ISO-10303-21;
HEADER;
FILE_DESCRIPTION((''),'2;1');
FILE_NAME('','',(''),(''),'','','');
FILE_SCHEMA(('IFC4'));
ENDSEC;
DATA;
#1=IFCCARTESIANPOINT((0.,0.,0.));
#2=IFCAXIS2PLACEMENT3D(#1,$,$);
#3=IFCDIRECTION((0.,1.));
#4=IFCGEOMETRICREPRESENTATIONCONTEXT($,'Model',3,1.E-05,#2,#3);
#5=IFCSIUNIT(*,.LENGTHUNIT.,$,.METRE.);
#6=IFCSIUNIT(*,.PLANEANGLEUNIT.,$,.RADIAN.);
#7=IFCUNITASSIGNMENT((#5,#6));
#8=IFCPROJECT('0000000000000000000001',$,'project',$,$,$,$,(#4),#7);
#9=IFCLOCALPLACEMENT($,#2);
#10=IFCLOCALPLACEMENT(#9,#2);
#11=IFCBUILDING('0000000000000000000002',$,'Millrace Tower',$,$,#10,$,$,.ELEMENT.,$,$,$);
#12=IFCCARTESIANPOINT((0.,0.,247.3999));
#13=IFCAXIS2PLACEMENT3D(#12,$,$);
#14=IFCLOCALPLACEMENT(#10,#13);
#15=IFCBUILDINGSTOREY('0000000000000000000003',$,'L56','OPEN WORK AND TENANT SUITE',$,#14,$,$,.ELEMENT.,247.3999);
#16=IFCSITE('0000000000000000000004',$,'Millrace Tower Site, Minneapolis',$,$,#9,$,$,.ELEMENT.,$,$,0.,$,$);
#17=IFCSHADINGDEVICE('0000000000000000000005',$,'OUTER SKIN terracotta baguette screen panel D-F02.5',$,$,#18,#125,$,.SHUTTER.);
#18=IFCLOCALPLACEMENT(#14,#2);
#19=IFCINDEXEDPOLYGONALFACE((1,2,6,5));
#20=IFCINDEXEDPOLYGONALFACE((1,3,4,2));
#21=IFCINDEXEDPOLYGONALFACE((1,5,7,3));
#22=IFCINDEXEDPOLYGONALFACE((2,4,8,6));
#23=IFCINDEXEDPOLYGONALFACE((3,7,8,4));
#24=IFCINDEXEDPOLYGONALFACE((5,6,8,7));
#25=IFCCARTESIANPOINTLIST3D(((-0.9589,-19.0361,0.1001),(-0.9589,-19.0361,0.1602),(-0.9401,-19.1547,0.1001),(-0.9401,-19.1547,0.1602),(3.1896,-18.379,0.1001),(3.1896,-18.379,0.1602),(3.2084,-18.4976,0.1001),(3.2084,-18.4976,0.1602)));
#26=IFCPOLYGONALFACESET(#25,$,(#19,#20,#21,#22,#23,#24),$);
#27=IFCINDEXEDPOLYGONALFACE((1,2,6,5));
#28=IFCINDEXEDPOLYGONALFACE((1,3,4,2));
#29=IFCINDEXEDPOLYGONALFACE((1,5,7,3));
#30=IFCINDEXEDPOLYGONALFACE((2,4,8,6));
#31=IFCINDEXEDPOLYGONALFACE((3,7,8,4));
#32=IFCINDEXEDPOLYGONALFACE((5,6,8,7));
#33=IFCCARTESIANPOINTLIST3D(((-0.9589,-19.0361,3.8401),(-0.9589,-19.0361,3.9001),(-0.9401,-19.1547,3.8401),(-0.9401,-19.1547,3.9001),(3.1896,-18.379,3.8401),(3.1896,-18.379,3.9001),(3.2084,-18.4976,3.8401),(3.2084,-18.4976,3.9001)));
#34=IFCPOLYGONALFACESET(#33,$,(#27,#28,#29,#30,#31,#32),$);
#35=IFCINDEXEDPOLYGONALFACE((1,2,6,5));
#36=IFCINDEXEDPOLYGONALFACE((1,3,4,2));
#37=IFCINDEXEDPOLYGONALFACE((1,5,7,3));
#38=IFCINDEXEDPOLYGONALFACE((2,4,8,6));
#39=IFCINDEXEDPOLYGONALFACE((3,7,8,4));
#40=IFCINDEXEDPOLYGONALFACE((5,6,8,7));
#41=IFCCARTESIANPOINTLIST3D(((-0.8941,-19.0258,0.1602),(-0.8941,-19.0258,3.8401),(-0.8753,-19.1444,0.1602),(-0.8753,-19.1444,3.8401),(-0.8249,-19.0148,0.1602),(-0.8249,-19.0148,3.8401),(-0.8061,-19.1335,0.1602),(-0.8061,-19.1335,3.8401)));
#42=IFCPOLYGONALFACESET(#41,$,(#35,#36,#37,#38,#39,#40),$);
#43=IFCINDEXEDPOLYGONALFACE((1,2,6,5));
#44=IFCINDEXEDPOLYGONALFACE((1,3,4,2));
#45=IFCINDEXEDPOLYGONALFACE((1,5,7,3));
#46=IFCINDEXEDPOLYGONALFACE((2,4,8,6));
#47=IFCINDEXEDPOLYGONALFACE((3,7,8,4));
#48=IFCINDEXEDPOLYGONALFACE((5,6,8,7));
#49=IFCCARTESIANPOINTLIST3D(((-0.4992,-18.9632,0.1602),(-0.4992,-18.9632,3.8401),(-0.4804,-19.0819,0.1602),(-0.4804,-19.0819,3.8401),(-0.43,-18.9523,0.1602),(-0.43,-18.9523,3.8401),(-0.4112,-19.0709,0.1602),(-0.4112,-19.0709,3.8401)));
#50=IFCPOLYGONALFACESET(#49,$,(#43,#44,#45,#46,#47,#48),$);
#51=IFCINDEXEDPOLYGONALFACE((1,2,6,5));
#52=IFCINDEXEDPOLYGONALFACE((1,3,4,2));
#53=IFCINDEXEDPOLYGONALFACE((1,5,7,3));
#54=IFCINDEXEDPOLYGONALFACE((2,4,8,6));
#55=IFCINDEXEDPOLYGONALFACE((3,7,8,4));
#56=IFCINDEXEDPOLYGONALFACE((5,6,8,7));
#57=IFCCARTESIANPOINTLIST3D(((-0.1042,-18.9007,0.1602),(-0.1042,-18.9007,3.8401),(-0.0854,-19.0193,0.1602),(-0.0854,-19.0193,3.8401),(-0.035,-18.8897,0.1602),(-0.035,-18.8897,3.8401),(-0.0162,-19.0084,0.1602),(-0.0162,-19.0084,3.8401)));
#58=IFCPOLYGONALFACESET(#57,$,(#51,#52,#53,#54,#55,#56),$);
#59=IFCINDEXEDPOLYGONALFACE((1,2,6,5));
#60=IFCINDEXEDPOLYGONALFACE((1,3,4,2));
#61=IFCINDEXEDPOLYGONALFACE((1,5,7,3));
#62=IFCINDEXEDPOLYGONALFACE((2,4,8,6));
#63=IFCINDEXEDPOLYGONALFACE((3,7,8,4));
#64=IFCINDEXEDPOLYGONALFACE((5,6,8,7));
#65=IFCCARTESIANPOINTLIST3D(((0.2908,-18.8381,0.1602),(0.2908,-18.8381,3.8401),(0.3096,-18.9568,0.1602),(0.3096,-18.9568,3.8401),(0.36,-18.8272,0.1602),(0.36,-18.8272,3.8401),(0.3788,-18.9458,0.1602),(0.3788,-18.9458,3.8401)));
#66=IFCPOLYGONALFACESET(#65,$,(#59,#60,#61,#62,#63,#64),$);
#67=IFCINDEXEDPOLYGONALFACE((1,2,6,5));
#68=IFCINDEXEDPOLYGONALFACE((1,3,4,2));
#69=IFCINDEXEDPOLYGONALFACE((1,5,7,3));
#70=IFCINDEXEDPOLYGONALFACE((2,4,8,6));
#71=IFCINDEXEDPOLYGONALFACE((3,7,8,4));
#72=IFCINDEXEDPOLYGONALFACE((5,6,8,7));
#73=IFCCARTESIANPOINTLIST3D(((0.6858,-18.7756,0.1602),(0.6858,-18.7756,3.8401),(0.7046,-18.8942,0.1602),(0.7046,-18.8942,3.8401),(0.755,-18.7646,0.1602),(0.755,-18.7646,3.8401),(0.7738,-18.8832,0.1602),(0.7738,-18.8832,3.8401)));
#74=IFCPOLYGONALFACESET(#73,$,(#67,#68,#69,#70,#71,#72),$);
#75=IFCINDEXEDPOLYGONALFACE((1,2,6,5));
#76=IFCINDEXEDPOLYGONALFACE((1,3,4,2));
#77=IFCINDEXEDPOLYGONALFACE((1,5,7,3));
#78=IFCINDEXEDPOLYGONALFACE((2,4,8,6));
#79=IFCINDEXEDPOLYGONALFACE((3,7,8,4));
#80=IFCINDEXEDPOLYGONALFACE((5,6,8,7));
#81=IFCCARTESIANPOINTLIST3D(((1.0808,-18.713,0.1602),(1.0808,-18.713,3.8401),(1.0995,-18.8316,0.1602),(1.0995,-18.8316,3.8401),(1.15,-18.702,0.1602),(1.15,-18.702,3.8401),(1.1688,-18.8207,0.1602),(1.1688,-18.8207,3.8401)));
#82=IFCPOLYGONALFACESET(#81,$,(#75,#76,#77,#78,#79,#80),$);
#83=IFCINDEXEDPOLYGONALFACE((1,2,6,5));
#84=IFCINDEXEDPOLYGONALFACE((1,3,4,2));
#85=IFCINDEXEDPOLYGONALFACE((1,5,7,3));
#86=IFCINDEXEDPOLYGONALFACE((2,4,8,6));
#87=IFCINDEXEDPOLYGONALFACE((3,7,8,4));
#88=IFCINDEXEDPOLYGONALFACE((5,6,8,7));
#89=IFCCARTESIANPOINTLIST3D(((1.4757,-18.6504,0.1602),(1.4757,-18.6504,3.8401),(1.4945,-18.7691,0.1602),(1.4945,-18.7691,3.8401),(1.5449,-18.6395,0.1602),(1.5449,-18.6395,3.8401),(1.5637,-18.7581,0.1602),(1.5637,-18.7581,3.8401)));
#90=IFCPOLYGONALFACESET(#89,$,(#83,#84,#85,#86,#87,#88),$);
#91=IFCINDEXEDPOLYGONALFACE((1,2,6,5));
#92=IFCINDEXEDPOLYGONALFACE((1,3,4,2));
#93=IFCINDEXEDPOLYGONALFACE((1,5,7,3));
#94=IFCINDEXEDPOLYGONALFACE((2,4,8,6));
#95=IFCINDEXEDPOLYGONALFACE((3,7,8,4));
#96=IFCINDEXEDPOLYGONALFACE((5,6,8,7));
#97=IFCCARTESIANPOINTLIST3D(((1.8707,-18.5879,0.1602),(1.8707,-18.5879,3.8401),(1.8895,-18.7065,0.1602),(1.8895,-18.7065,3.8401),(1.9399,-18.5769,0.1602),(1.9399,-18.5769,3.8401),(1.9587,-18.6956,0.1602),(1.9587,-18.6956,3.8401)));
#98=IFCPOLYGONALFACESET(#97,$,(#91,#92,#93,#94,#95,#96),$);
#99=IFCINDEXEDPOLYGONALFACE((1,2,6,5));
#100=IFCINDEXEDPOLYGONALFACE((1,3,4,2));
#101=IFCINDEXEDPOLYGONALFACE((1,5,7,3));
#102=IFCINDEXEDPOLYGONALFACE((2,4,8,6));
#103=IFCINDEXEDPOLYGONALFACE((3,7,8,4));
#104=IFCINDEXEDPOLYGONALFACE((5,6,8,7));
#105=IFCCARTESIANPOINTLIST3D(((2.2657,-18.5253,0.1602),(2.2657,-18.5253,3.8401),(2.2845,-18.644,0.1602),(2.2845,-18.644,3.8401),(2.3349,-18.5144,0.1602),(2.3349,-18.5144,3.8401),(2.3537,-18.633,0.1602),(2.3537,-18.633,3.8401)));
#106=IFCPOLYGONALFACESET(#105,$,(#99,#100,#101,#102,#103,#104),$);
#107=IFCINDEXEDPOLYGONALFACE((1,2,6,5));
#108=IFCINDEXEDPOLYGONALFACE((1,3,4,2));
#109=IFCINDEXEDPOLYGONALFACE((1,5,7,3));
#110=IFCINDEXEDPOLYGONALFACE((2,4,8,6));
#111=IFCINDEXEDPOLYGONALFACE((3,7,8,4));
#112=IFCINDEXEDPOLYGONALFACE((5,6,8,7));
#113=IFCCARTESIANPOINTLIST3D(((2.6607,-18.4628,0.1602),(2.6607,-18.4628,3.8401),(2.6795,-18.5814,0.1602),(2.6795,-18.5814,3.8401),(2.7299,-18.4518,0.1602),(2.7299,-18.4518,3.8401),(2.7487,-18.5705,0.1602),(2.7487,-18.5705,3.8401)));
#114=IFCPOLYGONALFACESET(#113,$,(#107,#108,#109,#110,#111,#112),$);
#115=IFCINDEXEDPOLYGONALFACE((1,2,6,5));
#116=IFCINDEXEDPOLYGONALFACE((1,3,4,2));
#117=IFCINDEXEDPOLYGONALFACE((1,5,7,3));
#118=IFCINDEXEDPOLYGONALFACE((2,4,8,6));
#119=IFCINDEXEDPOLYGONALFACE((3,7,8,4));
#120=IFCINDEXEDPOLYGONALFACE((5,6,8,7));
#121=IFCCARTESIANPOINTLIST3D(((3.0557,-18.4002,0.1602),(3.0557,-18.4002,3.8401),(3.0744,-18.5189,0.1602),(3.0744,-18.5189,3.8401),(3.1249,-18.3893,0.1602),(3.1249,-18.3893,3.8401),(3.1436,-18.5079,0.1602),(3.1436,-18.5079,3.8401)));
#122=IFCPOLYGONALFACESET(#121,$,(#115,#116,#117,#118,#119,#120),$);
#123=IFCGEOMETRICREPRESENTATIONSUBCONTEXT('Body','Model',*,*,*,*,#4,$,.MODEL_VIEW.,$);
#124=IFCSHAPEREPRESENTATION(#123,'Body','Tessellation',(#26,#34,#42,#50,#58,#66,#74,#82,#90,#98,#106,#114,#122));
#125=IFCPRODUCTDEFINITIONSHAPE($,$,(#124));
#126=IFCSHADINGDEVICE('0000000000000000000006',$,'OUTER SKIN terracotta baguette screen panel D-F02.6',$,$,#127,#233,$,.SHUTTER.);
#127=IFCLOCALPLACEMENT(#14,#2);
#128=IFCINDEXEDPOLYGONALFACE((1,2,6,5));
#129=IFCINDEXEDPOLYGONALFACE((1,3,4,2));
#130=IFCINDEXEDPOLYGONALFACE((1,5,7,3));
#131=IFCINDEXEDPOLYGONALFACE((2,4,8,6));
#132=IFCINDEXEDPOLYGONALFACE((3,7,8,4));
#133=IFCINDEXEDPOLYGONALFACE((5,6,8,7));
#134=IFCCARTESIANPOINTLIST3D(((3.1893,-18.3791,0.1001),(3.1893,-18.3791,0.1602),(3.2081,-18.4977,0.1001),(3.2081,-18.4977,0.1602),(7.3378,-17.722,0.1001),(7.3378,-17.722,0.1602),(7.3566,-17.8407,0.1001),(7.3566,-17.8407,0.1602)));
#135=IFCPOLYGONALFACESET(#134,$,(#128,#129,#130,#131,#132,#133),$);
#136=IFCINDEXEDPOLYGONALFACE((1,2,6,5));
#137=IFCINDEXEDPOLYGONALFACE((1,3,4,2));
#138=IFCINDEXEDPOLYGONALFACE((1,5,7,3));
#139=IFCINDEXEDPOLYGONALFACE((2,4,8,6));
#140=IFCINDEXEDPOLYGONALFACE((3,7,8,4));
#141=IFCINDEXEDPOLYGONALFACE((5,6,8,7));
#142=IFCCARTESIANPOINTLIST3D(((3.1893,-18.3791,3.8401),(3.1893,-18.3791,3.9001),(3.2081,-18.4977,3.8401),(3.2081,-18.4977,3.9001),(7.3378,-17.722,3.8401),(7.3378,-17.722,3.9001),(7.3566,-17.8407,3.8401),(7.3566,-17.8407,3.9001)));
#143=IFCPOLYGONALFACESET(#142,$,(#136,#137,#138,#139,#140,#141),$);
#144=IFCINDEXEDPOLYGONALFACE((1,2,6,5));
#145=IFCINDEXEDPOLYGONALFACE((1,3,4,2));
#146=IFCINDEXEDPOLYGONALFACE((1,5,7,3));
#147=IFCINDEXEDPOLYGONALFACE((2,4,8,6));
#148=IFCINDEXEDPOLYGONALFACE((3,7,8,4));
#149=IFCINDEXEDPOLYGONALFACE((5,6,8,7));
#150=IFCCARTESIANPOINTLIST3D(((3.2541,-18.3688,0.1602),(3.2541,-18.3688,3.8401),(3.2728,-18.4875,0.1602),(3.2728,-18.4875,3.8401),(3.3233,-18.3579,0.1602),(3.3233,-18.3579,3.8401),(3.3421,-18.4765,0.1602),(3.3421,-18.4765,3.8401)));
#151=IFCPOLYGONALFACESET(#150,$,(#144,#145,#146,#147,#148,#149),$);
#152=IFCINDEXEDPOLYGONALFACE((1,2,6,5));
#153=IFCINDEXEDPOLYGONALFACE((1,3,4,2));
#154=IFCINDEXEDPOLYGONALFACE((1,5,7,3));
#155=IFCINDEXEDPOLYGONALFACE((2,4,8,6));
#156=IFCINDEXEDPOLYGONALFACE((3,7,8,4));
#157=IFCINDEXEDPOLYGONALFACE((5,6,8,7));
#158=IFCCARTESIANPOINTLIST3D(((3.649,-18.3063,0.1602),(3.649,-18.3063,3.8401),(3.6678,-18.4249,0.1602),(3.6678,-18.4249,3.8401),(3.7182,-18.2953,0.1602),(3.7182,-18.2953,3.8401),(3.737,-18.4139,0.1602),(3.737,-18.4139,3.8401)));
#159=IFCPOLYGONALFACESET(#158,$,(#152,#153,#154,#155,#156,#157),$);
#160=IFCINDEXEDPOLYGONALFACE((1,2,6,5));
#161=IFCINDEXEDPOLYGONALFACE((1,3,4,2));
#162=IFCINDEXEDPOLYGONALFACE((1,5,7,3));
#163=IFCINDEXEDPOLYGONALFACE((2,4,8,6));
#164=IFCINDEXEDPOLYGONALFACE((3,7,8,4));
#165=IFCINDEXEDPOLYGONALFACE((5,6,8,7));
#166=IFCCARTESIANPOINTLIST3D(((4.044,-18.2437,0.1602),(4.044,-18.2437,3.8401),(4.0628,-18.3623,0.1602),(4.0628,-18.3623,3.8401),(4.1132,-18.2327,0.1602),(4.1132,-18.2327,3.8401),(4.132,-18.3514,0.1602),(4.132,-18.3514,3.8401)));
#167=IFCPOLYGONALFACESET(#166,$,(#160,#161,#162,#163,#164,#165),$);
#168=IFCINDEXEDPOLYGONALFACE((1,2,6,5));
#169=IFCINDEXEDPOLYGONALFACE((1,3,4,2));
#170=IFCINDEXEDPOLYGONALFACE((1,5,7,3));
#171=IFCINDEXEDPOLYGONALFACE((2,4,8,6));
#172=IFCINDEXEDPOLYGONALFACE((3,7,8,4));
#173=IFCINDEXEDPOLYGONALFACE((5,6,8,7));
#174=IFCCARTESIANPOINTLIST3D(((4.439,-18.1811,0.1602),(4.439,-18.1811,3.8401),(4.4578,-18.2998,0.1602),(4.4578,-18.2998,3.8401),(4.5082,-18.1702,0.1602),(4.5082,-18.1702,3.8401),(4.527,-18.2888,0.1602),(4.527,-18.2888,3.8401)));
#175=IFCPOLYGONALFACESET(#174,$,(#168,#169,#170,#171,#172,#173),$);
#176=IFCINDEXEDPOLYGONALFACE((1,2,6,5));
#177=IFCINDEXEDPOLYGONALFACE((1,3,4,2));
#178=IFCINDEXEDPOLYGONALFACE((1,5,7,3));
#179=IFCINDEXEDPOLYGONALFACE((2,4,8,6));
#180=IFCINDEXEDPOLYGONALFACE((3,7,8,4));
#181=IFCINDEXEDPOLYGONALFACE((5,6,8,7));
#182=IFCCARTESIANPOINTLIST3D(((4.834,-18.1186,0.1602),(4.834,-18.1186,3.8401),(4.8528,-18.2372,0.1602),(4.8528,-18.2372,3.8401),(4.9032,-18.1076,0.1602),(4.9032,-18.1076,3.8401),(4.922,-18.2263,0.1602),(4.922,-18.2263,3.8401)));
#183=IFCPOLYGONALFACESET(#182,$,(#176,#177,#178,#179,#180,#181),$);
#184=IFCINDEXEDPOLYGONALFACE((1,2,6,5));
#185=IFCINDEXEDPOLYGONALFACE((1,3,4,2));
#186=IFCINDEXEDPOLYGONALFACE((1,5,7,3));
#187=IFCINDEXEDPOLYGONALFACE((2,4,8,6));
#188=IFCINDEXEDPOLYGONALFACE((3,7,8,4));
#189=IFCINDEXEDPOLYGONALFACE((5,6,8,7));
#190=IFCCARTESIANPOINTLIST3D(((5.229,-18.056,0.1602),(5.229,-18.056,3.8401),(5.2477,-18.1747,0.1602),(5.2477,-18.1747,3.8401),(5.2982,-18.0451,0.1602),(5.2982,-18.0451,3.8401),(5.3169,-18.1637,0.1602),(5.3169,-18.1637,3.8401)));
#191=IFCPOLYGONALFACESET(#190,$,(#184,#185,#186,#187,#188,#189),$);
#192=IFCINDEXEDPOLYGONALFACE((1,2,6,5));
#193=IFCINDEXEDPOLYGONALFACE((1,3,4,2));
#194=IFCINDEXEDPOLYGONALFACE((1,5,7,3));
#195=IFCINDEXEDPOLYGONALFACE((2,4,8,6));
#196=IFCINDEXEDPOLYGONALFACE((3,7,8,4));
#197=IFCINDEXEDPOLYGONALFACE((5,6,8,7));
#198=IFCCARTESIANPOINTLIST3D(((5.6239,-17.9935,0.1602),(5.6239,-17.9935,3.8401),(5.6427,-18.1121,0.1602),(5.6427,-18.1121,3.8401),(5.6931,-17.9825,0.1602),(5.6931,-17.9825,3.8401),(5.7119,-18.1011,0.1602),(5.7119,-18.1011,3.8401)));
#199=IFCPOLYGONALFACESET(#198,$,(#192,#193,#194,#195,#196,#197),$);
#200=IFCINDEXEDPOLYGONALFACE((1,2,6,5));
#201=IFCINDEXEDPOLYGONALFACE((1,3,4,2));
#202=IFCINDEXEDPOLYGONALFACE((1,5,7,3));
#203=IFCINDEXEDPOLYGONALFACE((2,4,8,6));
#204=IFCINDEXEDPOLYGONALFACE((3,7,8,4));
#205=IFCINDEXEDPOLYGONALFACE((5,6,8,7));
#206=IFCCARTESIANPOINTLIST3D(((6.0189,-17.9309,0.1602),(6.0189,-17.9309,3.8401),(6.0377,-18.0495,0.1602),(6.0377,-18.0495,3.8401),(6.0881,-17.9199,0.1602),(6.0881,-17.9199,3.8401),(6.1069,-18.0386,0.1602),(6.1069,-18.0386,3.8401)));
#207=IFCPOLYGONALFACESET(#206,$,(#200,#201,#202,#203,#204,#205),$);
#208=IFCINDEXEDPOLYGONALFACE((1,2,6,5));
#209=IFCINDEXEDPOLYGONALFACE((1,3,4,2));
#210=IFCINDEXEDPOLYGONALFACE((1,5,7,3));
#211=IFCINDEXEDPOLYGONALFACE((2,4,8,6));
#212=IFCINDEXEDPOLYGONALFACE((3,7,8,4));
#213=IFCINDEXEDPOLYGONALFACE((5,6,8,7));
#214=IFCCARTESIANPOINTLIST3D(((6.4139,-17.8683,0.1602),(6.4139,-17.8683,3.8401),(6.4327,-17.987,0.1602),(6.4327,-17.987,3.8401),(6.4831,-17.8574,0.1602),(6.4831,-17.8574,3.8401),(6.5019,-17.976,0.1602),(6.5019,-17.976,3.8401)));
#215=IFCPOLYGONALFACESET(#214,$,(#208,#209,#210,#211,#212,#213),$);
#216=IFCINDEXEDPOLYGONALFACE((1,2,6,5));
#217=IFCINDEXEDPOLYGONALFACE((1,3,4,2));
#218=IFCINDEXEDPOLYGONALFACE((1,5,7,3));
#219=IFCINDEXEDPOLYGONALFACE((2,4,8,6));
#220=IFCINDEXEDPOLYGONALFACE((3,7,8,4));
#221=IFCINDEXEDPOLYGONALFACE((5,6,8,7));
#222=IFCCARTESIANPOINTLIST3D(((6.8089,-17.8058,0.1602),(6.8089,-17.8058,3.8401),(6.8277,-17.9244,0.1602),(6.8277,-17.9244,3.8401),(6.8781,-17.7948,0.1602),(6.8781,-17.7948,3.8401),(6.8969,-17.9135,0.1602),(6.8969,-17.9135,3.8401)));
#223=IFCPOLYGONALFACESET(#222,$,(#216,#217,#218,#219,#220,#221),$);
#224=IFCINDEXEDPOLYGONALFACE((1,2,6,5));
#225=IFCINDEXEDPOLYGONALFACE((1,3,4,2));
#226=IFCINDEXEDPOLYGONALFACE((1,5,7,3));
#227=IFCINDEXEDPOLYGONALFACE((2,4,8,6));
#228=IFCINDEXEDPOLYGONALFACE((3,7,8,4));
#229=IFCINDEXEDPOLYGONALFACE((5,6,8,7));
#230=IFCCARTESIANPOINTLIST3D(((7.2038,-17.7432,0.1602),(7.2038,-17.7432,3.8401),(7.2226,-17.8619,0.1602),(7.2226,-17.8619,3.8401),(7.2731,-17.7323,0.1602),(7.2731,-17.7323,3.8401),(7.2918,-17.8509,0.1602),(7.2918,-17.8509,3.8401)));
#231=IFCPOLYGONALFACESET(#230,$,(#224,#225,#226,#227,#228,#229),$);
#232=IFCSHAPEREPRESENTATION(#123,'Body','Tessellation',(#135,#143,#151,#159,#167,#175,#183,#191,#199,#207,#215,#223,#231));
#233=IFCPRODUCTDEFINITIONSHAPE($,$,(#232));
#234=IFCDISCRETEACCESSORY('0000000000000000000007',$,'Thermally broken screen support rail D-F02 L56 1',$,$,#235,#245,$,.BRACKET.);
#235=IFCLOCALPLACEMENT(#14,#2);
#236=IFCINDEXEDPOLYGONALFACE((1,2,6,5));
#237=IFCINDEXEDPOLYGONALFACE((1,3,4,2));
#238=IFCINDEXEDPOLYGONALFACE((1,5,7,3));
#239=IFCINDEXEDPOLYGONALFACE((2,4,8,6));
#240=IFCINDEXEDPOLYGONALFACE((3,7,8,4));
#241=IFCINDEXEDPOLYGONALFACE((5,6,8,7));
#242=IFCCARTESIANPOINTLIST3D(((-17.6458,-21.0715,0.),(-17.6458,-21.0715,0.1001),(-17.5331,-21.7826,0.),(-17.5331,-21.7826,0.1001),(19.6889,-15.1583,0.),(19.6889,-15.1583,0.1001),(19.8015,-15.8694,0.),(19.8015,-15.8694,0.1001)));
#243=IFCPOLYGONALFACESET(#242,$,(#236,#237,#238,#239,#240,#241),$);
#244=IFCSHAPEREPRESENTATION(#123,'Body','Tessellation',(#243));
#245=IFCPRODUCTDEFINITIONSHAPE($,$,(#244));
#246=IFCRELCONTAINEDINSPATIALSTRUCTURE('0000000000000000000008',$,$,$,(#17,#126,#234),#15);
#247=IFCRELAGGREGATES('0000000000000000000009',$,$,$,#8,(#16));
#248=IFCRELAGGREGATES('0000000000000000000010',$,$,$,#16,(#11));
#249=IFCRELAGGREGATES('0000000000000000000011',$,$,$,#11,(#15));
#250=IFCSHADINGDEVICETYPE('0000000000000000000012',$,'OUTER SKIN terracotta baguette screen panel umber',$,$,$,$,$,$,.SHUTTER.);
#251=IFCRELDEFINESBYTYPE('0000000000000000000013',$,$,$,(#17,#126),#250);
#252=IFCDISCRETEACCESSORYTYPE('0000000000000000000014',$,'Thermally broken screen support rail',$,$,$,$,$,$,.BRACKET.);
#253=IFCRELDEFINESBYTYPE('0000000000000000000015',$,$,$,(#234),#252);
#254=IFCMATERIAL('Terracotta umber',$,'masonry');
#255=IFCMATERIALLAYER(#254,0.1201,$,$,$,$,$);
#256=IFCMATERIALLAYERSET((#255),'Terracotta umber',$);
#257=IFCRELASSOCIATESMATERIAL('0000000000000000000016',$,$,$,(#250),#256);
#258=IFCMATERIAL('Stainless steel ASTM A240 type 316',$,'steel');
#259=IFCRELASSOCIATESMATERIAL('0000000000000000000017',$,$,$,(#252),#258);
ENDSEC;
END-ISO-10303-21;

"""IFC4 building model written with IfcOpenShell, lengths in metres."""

from ifc_helpers import new_model, entity, si_unit, direction, frame, frame_2d, origin, origin_2d, place, context, subcontext, project, spatial, rectangle, extrude, source, transform, mapped, material, layer, layer_set, type_object, element, save


model = new_model("IFC4")

# Units and contexts
model_context = context("Model", 3, precision=1e-05, world=origin(), true_north=direction((0.0, 1.0)))
body_context = subcontext(model_context, "Body", "Model", "MODEL_VIEW")
ifc_project = project(units=[si_unit("LENGTHUNIT", "METRE"), si_unit("PLANEANGLEUNIT", "RADIAN")], contexts=[model_context])

# Site, building, storey
site_placement = place(None, origin())
site = spatial("IfcSite", under=ifc_project, at=site_placement, Name="Millrace Tower Site, Minneapolis", CompositionType="ELEMENT", RefElevation=0.0)
building_placement = place(site_placement, origin())
building = spatial("IfcBuilding", under=site, at=building_placement, Name="Millrace Tower", CompositionType="ELEMENT")
storey_placement = place(building_placement, frame((0.0, 0.0, 247.3999)))
storey = spatial("IfcBuildingStorey", under=building, at=storey_placement, Name="L56", Description="OPEN WORK AND TENANT SUITE", CompositionType="ELEMENT", Elevation=247.3999)

# Shading devices
ifc_material_1 = material(Name="Terracotta umber", Category="masonry")
ifc_layer_1 = layer(ifc_material_1, 0.1201)
ifc_layer_set_1 = layer_set([ifc_layer_1], Name="Terracotta umber")
shading_device_type = type_object("IfcShadingDeviceType", Name="OUTER SKIN terracotta baguette screen panel umber", PredefinedType="SHUTTER", material=ifc_layer_set_1)
cartesian_point = entity("IfcCartesianPoint", [-2.1001, 0.0601])
shared_polyline = entity("IfcPolyline", [cartesian_point, entity("IfcCartesianPoint", [2.1001, 0.0601]), entity("IfcCartesianPoint", [2.1001, -0.0601]), entity("IfcCartesianPoint", [-2.1001, -0.0601]), cartesian_point])
shared_shape = source(origin(), body_context, "Body", "SweptSolid", [
    entity("IfcExtrudedAreaSolid", entity("IfcArbitraryClosedProfileDef", "AREA", None, shared_polyline), entity("IfcAxis2Placement3D", entity("IfcCartesianPoint", [0.0, 0.0, 0.0])), entity("IfcDirection", [0.0, 0.0, 1.0]), 0.0601),
    entity("IfcExtrudedAreaSolid", entity("IfcArbitraryClosedProfileDef", "AREA", None, shared_polyline), entity("IfcAxis2Placement3D", entity("IfcCartesianPoint", [0.0, 0.0, 3.74])), entity("IfcDirection", [0.0, 0.0, 1.0]), 0.0601),
    extrude(rectangle(XDim=0.0701, YDim=0.1201, at=frame_2d((-1.9995, 0.0))), frame((0.0, 0.0, 0.0601)), (0.0, 0.0, 1.0), 3.6799),
    extrude(rectangle(XDim=0.0701, YDim=0.1201, at=frame_2d((-1.5996, 0.0))), frame((0.0, 0.0, 0.0601)), (0.0, 0.0, 1.0), 3.6799),
    extrude(rectangle(XDim=0.0701, YDim=0.1201, at=frame_2d((-1.1997, 0.0))), frame((0.0, 0.0, 0.0601)), (0.0, 0.0, 1.0), 3.6799),
    extrude(rectangle(XDim=0.0701, YDim=0.1201, at=frame_2d((-0.7998, 0.0))), frame((0.0, 0.0, 0.0601)), (0.0, 0.0, 1.0), 3.6799),
    extrude(rectangle(XDim=0.0701, YDim=0.1201, at=frame_2d((-0.3999, 0.0))), frame((0.0, 0.0, 0.0601)), (0.0, 0.0, 1.0), 3.6799),
    extrude(rectangle(XDim=0.0701, YDim=0.1201, at=origin_2d()), frame((0.0, 0.0, 0.0601)), (0.0, 0.0, 1.0), 3.6799),
    extrude(rectangle(XDim=0.0701, YDim=0.1201, at=frame_2d((0.3999, 0.0))), frame((0.0, 0.0, 0.0601)), (0.0, 0.0, 1.0), 3.6799),
    extrude(rectangle(XDim=0.0701, YDim=0.1201, at=frame_2d((0.7998, 0.0))), frame((0.0, 0.0, 0.0601)), (0.0, 0.0, 1.0), 3.6799),
    extrude(rectangle(XDim=0.0701, YDim=0.1201, at=frame_2d((1.1997, 0.0))), frame((0.0, 0.0, 0.0601)), (0.0, 0.0, 1.0), 3.6799),
    extrude(rectangle(XDim=0.0701, YDim=0.1201, at=frame_2d((1.5996, 0.0))), frame((0.0, 0.0, 0.0601)), (0.0, 0.0, 1.0), 3.6799),
    extrude(rectangle(XDim=0.0701, YDim=0.1201, at=frame_2d((1.9995, 0.0))), frame((0.0, 0.0, 0.0601)), (0.0, 0.0, 1.0), 3.6799),
])
for number, where, z_axis, x_axis, name in (
    (1, (1.1248, -18.7668, 0.1001), (0.0, 0.0, 1.0), (0.987688, 0.156434, 0.0), "OUTER SKIN terracotta baguette screen panel D-F02.5"),
    (2, (5.2729, -18.1099, 0.1001), (0.0, 0.0, 1.0), (0.987688, 0.156434, 0.0), "OUTER SKIN terracotta baguette screen panel D-F02.6"),
):
    element("IfcShadingDevice", number, at=place(storey_placement, frame(where, z_axis=z_axis, x_axis=x_axis)), inside=storey, type_object=shading_device_type, Name=name, PredefinedType="SHUTTER", context=body_context, shape_type="MappedRepresentation", body=[
        mapped(shared_shape, transform((0.0, 0.0, 0.0), scale=1.0)),
    ])

# Discrete accessory
ifc_material_2 = material(Name="Stainless steel ASTM A240 type 316", Category="steel")
discrete_accessory_type = type_object("IfcDiscreteAccessoryType", Name="Thermally broken screen support rail", PredefinedType="BRACKET", material=ifc_material_2)
discrete_accessory_placement = place(storey_placement, frame((1.0779, -18.4705, 0.0), z_axis=(0.0, 0.0, 1.0), x_axis=(0.987688, 0.156434, 0.0)))
element("IfcDiscreteAccessory", 3, at=discrete_accessory_placement, inside=storey, type_object=discrete_accessory_type, Name="Thermally broken screen support rail D-F02 L56 1", PredefinedType="BRACKET", context=body_context, shape_type="SweptSolid", body=[
    extrude(rectangle(XDim=37.8, YDim=0.72, at=origin_2d()), origin(), (0.0, 0.0, 1.0), 0.1001),
])

save(model, "model.ifc")
